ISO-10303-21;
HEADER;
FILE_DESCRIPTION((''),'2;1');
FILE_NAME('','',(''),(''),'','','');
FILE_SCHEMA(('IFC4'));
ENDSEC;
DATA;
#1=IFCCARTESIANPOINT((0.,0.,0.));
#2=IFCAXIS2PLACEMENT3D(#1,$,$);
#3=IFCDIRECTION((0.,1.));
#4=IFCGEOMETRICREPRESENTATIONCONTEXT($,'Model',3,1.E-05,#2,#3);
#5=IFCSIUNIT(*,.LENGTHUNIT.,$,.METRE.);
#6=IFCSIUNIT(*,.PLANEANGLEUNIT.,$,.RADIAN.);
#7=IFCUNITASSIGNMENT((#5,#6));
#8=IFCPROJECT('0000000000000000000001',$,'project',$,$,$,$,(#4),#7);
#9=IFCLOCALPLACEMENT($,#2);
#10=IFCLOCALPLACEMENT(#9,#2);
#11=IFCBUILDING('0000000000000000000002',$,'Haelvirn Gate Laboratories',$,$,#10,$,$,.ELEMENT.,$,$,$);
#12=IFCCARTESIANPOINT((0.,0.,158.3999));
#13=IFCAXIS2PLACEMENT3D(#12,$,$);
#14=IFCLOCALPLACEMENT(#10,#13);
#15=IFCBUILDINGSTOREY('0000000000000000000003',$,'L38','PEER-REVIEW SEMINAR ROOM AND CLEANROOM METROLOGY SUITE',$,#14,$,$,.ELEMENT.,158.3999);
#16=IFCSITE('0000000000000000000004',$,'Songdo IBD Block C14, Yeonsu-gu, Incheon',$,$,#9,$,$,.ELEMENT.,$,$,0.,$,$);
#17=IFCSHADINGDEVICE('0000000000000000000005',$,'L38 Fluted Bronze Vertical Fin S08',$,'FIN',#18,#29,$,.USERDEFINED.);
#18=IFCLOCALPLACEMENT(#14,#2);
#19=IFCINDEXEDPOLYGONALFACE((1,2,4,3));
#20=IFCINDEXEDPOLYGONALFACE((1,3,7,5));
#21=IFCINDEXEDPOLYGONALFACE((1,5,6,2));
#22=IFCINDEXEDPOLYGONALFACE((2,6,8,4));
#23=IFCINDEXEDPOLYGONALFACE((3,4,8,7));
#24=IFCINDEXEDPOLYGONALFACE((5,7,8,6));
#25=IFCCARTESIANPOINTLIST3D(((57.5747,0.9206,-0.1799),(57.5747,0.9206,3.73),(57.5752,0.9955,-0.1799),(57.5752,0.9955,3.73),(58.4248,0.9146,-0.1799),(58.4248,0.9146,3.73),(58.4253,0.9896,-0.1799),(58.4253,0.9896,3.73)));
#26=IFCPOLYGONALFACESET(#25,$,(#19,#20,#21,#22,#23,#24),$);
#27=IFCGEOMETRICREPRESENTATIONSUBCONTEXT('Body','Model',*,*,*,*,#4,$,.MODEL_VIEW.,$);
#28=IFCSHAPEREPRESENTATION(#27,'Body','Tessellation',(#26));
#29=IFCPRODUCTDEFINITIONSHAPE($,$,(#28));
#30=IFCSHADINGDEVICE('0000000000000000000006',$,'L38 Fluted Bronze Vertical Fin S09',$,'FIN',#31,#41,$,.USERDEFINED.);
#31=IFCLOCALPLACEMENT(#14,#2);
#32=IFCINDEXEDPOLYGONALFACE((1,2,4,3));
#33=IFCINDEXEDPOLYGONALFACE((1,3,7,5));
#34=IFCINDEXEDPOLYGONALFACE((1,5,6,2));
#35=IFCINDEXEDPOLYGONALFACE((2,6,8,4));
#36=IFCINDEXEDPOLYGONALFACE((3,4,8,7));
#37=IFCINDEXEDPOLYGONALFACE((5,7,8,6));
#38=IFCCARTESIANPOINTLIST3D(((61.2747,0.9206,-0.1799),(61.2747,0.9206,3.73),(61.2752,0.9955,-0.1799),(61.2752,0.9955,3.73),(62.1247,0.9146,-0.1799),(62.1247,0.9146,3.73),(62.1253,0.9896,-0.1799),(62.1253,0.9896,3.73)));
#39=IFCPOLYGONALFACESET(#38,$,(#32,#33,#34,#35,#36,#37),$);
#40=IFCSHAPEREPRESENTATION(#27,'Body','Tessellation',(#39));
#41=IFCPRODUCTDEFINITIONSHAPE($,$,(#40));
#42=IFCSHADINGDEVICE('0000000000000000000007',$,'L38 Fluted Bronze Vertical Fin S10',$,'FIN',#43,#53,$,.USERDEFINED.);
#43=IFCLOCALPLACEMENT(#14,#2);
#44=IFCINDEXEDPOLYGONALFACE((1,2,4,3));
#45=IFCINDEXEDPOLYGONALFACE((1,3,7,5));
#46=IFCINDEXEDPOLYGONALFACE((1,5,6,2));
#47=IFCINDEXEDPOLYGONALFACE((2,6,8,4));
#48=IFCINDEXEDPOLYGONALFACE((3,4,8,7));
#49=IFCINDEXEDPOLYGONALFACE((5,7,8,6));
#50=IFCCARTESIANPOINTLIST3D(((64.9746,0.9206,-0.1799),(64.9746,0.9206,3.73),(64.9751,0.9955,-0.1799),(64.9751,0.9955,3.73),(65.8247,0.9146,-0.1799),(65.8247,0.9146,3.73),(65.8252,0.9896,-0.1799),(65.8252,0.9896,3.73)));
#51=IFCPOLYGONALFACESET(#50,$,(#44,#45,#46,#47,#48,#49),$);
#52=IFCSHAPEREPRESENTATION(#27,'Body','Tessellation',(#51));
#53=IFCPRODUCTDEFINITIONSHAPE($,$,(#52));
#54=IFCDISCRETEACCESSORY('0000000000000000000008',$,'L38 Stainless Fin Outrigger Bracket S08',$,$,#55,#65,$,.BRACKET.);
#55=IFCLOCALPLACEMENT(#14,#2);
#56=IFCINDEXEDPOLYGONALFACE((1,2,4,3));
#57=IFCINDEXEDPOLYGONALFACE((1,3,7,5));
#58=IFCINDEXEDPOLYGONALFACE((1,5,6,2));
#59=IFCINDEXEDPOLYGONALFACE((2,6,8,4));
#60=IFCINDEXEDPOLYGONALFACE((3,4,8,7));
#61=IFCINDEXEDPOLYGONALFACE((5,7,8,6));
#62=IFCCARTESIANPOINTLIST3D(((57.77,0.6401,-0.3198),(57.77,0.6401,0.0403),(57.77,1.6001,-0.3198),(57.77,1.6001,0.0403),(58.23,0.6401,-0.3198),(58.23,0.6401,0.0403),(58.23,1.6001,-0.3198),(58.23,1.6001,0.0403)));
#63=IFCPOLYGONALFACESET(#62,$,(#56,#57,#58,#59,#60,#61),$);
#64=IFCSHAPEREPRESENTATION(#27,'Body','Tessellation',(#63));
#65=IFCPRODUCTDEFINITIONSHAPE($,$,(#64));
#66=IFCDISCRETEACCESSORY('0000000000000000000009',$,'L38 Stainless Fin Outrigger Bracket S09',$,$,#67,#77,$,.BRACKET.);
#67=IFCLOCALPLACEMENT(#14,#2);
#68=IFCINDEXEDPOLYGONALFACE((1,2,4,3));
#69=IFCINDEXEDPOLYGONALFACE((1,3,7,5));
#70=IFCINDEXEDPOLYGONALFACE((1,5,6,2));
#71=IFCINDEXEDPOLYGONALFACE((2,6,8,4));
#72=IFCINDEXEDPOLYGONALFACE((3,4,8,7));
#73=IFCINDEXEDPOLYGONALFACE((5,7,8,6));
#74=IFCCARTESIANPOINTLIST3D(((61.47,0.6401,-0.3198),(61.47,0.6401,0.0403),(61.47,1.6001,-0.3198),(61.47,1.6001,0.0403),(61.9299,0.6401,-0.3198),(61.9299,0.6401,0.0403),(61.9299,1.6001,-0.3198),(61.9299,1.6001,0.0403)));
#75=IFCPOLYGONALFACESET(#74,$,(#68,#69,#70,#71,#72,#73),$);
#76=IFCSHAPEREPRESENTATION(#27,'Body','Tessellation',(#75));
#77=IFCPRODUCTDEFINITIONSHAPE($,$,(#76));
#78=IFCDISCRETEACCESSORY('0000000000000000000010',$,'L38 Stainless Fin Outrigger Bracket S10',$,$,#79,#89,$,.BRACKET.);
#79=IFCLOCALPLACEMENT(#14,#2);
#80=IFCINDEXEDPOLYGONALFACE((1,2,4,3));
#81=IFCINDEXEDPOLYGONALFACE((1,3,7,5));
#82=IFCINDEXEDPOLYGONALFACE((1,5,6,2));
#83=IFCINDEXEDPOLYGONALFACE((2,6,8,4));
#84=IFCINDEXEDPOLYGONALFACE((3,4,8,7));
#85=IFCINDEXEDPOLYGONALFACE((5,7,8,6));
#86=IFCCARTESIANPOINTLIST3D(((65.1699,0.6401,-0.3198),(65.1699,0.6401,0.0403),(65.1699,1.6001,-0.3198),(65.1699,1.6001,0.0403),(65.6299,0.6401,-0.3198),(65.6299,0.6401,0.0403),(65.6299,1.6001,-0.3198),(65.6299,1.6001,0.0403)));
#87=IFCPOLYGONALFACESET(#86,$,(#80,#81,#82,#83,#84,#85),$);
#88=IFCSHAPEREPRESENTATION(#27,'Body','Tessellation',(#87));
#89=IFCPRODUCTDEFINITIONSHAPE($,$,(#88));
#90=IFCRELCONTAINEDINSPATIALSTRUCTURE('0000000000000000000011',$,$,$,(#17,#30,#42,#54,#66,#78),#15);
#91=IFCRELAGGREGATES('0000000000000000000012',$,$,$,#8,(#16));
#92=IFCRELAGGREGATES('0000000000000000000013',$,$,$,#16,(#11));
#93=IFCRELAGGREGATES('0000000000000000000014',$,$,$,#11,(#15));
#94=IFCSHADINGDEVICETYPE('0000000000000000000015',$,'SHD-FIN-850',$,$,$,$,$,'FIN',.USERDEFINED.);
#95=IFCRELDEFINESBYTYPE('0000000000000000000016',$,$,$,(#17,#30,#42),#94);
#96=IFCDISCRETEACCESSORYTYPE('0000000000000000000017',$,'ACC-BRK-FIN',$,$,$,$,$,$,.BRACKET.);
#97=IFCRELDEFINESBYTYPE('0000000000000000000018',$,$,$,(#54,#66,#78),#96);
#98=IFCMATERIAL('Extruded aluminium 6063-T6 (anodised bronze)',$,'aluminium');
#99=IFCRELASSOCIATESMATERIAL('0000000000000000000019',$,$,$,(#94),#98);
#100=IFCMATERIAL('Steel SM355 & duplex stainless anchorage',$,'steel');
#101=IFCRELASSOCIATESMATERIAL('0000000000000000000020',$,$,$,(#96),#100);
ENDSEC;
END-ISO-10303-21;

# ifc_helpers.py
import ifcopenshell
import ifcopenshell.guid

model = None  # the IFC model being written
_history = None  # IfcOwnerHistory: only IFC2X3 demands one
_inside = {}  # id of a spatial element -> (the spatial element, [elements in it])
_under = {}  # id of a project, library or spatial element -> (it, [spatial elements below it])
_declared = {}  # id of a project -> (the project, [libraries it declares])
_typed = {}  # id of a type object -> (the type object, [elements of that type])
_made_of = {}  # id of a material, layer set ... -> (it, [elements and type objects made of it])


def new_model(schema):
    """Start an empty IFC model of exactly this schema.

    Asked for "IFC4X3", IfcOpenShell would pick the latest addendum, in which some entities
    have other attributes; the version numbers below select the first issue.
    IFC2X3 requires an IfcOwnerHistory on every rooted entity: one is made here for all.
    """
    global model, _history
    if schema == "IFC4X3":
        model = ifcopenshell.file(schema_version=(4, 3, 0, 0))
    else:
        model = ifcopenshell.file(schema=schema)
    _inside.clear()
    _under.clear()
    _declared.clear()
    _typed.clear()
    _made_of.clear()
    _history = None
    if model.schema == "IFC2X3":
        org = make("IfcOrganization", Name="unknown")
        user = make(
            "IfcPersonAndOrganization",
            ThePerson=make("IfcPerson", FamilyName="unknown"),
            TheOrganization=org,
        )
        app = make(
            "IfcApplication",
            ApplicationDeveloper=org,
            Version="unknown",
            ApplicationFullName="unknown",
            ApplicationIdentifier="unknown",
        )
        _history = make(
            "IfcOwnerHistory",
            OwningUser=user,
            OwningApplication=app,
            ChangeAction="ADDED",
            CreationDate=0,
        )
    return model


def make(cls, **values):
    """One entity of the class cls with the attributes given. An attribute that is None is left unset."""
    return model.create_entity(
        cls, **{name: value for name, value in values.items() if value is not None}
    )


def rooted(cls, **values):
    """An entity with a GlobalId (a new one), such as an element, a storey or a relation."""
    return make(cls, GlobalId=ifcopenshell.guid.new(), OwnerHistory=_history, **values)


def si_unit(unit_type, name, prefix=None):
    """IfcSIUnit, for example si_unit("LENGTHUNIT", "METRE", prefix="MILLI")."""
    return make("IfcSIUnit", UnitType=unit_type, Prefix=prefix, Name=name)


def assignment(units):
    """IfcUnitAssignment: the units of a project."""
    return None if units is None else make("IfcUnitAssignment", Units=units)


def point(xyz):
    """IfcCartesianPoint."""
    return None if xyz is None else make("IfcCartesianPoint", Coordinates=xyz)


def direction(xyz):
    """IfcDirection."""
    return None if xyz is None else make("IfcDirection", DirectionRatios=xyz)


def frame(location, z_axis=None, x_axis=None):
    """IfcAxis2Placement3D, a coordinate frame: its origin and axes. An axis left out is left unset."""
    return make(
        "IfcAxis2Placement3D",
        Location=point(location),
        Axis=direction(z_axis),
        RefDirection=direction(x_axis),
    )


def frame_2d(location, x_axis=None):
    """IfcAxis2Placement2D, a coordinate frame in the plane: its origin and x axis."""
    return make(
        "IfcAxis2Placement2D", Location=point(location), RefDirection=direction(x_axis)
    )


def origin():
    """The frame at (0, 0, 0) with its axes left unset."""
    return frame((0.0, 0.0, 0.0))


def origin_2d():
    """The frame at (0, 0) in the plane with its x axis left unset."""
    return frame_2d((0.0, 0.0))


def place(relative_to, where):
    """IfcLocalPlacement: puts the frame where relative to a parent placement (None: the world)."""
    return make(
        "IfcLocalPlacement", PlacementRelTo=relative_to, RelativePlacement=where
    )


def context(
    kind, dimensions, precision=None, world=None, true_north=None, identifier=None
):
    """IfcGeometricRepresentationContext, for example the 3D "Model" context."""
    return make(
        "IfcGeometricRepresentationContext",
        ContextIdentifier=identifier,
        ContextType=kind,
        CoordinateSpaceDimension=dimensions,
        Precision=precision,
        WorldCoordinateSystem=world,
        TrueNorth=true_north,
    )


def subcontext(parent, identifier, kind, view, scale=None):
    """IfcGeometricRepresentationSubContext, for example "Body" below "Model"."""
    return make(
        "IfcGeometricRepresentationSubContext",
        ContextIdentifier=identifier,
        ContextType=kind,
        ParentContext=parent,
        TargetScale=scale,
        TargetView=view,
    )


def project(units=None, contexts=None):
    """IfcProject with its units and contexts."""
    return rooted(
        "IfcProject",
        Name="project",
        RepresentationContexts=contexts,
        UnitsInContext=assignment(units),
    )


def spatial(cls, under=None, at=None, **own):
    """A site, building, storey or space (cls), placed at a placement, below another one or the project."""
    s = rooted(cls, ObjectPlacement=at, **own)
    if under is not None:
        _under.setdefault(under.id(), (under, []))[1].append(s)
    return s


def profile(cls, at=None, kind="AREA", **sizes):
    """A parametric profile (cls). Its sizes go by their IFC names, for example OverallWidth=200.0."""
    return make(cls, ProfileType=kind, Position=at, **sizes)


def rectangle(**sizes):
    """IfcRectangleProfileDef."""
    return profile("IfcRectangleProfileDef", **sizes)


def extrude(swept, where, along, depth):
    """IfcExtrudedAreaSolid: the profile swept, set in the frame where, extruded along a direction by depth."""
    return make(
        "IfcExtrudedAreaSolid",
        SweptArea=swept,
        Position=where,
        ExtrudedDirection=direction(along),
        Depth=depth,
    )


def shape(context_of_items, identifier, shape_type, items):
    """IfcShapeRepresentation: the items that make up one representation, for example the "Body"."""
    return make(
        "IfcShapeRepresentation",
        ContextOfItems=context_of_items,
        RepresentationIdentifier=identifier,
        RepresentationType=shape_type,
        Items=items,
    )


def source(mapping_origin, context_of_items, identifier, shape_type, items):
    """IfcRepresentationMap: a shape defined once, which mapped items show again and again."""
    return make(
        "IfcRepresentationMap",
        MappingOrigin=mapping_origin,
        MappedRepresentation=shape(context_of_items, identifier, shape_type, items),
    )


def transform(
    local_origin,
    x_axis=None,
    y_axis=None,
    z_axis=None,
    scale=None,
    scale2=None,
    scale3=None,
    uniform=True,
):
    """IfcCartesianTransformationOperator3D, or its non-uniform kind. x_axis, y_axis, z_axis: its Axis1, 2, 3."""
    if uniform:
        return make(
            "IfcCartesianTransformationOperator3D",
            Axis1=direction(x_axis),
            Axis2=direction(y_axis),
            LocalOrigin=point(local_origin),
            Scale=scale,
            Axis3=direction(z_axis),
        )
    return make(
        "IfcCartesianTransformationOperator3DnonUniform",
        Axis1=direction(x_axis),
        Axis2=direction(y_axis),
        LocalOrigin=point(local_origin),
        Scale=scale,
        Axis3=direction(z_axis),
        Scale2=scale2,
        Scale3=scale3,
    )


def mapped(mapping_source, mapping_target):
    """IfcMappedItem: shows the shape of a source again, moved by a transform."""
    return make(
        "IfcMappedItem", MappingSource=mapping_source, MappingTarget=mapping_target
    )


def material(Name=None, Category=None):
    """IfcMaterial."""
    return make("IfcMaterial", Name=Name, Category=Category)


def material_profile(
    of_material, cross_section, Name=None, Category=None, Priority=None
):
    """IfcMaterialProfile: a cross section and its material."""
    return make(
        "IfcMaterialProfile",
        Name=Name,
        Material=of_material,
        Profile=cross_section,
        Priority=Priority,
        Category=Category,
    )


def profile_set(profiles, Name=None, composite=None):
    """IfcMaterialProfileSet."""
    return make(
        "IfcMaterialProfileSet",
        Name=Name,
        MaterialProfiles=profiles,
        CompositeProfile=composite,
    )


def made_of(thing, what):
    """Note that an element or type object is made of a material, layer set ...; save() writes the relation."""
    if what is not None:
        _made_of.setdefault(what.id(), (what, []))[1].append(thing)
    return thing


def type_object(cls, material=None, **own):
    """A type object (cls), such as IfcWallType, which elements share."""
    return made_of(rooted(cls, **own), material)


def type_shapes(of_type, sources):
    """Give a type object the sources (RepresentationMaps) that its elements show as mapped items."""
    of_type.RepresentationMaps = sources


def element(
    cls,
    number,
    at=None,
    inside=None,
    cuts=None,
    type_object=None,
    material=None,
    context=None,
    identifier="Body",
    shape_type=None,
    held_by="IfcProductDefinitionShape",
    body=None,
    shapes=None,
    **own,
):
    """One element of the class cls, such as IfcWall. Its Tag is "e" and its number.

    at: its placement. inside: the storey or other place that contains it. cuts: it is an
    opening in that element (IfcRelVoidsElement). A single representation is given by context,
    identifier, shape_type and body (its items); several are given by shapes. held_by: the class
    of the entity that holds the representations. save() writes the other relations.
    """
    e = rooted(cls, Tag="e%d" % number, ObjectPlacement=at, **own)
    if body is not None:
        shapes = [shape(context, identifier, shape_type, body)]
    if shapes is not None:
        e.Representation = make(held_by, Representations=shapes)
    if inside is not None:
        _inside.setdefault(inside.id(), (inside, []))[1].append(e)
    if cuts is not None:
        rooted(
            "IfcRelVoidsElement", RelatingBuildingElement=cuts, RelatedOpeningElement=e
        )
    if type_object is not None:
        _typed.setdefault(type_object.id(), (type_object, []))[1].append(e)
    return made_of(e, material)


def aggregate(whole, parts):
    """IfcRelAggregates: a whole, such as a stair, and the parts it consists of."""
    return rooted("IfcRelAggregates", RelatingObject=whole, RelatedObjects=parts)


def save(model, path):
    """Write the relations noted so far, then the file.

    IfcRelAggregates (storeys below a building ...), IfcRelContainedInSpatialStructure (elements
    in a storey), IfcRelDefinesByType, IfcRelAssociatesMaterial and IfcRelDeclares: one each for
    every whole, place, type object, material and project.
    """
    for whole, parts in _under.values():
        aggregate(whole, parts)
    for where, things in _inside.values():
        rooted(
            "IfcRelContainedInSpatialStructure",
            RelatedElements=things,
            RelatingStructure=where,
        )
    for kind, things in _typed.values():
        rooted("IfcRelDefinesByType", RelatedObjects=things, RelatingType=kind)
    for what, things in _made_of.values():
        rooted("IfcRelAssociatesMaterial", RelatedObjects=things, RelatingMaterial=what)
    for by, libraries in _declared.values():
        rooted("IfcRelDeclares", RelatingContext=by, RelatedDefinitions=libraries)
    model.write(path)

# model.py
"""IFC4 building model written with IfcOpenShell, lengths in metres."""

from ifc_helpers import new_model, si_unit, direction, frame, origin, origin_2d, place, context, subcontext, project, spatial, rectangle, extrude, source, transform, mapped, material, material_profile, profile_set, type_object, type_shapes, element, save


model = new_model("IFC4")

# Units and contexts
model_context = context("Model", 3, precision=1e-05, world=origin(), true_north=direction((0.0, 1.0)))
body_context = subcontext(model_context, "Body", "Model", "MODEL_VIEW")
ifc_project = project(units=[si_unit("LENGTHUNIT", "METRE"), si_unit("PLANEANGLEUNIT", "RADIAN")], contexts=[model_context])

# Site, building, storey
site_placement = place(None, origin())
site = spatial("IfcSite", under=ifc_project, at=site_placement, Name="Songdo IBD Block C14, Yeonsu-gu, Incheon", CompositionType="ELEMENT", RefElevation=0.0)
building_placement = place(site_placement, origin())
building = spatial("IfcBuilding", under=site, at=building_placement, Name="Haelvirn Gate Laboratories", CompositionType="ELEMENT")
storey_placement = place(building_placement, frame((0.0, 0.0, 158.3999)))
storey = spatial("IfcBuildingStorey", under=building, at=storey_placement, Name="L38", Description="PEER-REVIEW SEMINAR ROOM AND CLEANROOM METROLOGY SUITE", CompositionType="ELEMENT", Elevation=158.3999)

# Shared definitions
ifc_material_1 = material(Name="Extruded aluminium 6063-T6 (anodised bronze)", Category="aluminium")

# Shading devices
ifc_material_profile_1 = material_profile(ifc_material_1, rectangle(XDim=0.075, YDim=0.8501, at=origin_2d()), Name="FIN-850x75")
ifc_profile_set_1 = profile_set([ifc_material_profile_1], Name="Extruded aluminium 6063-T6 (anodised bronze)")
shading_device_type = type_object("IfcShadingDeviceType", Name="SHD-FIN-850", ElementType="FIN", PredefinedType="USERDEFINED", material=ifc_profile_set_1)
shared_shape_1 = source(origin(), body_context, "Body", "SweptSolid", [
    extrude(rectangle(XDim=0.075, YDim=0.8501, at=origin_2d()), origin(), (0.0, 0.0, 1.0), 3.9099),
])
type_shapes(shading_device_type, [shared_shape_1])
for number, where, z_axis, x_axis, name in (
    (1, (58.0, 0.9551, -0.1799), (0.0, 0.0, 1.0), (0.006981, 0.999976, 0.0), "L38 Fluted Bronze Vertical Fin S08"),
    (2, (61.7, 0.9551, -0.1799), (0.0, 0.0, 1.0), (0.006981, 0.999976, 0.0), "L38 Fluted Bronze Vertical Fin S09"),
    (3, (65.3999, 0.9551, -0.1799), (0.0, 0.0, 1.0), (0.006981, 0.999976, 0.0), "L38 Fluted Bronze Vertical Fin S10"),
):
    element("IfcShadingDevice", number, at=place(storey_placement, frame(where, z_axis=z_axis, x_axis=x_axis)), inside=storey, type_object=shading_device_type, Name=name, ObjectType="FIN", PredefinedType="USERDEFINED", context=body_context, shape_type="MappedRepresentation", body=[
        mapped(shared_shape_1, transform((0.0, 0.0, 0.0), scale=1.0)),
    ])

# Discrete accessories
ifc_material_2 = material(Name="Steel SM355 & duplex stainless anchorage", Category="steel")
discrete_accessory_type = type_object("IfcDiscreteAccessoryType", Name="ACC-BRK-FIN", PredefinedType="BRACKET", material=ifc_material_2)
shared_shape_2 = source(origin(), body_context, "Body", "SweptSolid", [
    extrude(rectangle(XDim=0.46, YDim=0.96, at=origin_2d()), origin(), (0.0, 0.0, 1.0), 0.3601),
])
type_shapes(discrete_accessory_type, [shared_shape_2])
for number, where, z_axis, x_axis, name in (
    (4, (58.0, 1.1201, -0.3198), (0.0, 0.0, 1.0), (1.0, 0.0, 0.0), "L38 Stainless Fin Outrigger Bracket S08"),
    (5, (61.7, 1.1201, -0.3198), (0.0, 0.0, 1.0), (1.0, 0.0, 0.0), "L38 Stainless Fin Outrigger Bracket S09"),
    (6, (65.3999, 1.1201, -0.3198), (0.0, 0.0, 1.0), (1.0, 0.0, 0.0), "L38 Stainless Fin Outrigger Bracket S10"),
):
    element("IfcDiscreteAccessory", number, at=place(storey_placement, frame(where, z_axis=z_axis, x_axis=x_axis)), inside=storey, type_object=discrete_accessory_type, Name=name, PredefinedType="BRACKET", context=body_context, shape_type="MappedRepresentation", body=[
        mapped(shared_shape_2, transform((0.0, 0.0, 0.0), scale=1.0)),
    ])

save(model, "model.ifc")
